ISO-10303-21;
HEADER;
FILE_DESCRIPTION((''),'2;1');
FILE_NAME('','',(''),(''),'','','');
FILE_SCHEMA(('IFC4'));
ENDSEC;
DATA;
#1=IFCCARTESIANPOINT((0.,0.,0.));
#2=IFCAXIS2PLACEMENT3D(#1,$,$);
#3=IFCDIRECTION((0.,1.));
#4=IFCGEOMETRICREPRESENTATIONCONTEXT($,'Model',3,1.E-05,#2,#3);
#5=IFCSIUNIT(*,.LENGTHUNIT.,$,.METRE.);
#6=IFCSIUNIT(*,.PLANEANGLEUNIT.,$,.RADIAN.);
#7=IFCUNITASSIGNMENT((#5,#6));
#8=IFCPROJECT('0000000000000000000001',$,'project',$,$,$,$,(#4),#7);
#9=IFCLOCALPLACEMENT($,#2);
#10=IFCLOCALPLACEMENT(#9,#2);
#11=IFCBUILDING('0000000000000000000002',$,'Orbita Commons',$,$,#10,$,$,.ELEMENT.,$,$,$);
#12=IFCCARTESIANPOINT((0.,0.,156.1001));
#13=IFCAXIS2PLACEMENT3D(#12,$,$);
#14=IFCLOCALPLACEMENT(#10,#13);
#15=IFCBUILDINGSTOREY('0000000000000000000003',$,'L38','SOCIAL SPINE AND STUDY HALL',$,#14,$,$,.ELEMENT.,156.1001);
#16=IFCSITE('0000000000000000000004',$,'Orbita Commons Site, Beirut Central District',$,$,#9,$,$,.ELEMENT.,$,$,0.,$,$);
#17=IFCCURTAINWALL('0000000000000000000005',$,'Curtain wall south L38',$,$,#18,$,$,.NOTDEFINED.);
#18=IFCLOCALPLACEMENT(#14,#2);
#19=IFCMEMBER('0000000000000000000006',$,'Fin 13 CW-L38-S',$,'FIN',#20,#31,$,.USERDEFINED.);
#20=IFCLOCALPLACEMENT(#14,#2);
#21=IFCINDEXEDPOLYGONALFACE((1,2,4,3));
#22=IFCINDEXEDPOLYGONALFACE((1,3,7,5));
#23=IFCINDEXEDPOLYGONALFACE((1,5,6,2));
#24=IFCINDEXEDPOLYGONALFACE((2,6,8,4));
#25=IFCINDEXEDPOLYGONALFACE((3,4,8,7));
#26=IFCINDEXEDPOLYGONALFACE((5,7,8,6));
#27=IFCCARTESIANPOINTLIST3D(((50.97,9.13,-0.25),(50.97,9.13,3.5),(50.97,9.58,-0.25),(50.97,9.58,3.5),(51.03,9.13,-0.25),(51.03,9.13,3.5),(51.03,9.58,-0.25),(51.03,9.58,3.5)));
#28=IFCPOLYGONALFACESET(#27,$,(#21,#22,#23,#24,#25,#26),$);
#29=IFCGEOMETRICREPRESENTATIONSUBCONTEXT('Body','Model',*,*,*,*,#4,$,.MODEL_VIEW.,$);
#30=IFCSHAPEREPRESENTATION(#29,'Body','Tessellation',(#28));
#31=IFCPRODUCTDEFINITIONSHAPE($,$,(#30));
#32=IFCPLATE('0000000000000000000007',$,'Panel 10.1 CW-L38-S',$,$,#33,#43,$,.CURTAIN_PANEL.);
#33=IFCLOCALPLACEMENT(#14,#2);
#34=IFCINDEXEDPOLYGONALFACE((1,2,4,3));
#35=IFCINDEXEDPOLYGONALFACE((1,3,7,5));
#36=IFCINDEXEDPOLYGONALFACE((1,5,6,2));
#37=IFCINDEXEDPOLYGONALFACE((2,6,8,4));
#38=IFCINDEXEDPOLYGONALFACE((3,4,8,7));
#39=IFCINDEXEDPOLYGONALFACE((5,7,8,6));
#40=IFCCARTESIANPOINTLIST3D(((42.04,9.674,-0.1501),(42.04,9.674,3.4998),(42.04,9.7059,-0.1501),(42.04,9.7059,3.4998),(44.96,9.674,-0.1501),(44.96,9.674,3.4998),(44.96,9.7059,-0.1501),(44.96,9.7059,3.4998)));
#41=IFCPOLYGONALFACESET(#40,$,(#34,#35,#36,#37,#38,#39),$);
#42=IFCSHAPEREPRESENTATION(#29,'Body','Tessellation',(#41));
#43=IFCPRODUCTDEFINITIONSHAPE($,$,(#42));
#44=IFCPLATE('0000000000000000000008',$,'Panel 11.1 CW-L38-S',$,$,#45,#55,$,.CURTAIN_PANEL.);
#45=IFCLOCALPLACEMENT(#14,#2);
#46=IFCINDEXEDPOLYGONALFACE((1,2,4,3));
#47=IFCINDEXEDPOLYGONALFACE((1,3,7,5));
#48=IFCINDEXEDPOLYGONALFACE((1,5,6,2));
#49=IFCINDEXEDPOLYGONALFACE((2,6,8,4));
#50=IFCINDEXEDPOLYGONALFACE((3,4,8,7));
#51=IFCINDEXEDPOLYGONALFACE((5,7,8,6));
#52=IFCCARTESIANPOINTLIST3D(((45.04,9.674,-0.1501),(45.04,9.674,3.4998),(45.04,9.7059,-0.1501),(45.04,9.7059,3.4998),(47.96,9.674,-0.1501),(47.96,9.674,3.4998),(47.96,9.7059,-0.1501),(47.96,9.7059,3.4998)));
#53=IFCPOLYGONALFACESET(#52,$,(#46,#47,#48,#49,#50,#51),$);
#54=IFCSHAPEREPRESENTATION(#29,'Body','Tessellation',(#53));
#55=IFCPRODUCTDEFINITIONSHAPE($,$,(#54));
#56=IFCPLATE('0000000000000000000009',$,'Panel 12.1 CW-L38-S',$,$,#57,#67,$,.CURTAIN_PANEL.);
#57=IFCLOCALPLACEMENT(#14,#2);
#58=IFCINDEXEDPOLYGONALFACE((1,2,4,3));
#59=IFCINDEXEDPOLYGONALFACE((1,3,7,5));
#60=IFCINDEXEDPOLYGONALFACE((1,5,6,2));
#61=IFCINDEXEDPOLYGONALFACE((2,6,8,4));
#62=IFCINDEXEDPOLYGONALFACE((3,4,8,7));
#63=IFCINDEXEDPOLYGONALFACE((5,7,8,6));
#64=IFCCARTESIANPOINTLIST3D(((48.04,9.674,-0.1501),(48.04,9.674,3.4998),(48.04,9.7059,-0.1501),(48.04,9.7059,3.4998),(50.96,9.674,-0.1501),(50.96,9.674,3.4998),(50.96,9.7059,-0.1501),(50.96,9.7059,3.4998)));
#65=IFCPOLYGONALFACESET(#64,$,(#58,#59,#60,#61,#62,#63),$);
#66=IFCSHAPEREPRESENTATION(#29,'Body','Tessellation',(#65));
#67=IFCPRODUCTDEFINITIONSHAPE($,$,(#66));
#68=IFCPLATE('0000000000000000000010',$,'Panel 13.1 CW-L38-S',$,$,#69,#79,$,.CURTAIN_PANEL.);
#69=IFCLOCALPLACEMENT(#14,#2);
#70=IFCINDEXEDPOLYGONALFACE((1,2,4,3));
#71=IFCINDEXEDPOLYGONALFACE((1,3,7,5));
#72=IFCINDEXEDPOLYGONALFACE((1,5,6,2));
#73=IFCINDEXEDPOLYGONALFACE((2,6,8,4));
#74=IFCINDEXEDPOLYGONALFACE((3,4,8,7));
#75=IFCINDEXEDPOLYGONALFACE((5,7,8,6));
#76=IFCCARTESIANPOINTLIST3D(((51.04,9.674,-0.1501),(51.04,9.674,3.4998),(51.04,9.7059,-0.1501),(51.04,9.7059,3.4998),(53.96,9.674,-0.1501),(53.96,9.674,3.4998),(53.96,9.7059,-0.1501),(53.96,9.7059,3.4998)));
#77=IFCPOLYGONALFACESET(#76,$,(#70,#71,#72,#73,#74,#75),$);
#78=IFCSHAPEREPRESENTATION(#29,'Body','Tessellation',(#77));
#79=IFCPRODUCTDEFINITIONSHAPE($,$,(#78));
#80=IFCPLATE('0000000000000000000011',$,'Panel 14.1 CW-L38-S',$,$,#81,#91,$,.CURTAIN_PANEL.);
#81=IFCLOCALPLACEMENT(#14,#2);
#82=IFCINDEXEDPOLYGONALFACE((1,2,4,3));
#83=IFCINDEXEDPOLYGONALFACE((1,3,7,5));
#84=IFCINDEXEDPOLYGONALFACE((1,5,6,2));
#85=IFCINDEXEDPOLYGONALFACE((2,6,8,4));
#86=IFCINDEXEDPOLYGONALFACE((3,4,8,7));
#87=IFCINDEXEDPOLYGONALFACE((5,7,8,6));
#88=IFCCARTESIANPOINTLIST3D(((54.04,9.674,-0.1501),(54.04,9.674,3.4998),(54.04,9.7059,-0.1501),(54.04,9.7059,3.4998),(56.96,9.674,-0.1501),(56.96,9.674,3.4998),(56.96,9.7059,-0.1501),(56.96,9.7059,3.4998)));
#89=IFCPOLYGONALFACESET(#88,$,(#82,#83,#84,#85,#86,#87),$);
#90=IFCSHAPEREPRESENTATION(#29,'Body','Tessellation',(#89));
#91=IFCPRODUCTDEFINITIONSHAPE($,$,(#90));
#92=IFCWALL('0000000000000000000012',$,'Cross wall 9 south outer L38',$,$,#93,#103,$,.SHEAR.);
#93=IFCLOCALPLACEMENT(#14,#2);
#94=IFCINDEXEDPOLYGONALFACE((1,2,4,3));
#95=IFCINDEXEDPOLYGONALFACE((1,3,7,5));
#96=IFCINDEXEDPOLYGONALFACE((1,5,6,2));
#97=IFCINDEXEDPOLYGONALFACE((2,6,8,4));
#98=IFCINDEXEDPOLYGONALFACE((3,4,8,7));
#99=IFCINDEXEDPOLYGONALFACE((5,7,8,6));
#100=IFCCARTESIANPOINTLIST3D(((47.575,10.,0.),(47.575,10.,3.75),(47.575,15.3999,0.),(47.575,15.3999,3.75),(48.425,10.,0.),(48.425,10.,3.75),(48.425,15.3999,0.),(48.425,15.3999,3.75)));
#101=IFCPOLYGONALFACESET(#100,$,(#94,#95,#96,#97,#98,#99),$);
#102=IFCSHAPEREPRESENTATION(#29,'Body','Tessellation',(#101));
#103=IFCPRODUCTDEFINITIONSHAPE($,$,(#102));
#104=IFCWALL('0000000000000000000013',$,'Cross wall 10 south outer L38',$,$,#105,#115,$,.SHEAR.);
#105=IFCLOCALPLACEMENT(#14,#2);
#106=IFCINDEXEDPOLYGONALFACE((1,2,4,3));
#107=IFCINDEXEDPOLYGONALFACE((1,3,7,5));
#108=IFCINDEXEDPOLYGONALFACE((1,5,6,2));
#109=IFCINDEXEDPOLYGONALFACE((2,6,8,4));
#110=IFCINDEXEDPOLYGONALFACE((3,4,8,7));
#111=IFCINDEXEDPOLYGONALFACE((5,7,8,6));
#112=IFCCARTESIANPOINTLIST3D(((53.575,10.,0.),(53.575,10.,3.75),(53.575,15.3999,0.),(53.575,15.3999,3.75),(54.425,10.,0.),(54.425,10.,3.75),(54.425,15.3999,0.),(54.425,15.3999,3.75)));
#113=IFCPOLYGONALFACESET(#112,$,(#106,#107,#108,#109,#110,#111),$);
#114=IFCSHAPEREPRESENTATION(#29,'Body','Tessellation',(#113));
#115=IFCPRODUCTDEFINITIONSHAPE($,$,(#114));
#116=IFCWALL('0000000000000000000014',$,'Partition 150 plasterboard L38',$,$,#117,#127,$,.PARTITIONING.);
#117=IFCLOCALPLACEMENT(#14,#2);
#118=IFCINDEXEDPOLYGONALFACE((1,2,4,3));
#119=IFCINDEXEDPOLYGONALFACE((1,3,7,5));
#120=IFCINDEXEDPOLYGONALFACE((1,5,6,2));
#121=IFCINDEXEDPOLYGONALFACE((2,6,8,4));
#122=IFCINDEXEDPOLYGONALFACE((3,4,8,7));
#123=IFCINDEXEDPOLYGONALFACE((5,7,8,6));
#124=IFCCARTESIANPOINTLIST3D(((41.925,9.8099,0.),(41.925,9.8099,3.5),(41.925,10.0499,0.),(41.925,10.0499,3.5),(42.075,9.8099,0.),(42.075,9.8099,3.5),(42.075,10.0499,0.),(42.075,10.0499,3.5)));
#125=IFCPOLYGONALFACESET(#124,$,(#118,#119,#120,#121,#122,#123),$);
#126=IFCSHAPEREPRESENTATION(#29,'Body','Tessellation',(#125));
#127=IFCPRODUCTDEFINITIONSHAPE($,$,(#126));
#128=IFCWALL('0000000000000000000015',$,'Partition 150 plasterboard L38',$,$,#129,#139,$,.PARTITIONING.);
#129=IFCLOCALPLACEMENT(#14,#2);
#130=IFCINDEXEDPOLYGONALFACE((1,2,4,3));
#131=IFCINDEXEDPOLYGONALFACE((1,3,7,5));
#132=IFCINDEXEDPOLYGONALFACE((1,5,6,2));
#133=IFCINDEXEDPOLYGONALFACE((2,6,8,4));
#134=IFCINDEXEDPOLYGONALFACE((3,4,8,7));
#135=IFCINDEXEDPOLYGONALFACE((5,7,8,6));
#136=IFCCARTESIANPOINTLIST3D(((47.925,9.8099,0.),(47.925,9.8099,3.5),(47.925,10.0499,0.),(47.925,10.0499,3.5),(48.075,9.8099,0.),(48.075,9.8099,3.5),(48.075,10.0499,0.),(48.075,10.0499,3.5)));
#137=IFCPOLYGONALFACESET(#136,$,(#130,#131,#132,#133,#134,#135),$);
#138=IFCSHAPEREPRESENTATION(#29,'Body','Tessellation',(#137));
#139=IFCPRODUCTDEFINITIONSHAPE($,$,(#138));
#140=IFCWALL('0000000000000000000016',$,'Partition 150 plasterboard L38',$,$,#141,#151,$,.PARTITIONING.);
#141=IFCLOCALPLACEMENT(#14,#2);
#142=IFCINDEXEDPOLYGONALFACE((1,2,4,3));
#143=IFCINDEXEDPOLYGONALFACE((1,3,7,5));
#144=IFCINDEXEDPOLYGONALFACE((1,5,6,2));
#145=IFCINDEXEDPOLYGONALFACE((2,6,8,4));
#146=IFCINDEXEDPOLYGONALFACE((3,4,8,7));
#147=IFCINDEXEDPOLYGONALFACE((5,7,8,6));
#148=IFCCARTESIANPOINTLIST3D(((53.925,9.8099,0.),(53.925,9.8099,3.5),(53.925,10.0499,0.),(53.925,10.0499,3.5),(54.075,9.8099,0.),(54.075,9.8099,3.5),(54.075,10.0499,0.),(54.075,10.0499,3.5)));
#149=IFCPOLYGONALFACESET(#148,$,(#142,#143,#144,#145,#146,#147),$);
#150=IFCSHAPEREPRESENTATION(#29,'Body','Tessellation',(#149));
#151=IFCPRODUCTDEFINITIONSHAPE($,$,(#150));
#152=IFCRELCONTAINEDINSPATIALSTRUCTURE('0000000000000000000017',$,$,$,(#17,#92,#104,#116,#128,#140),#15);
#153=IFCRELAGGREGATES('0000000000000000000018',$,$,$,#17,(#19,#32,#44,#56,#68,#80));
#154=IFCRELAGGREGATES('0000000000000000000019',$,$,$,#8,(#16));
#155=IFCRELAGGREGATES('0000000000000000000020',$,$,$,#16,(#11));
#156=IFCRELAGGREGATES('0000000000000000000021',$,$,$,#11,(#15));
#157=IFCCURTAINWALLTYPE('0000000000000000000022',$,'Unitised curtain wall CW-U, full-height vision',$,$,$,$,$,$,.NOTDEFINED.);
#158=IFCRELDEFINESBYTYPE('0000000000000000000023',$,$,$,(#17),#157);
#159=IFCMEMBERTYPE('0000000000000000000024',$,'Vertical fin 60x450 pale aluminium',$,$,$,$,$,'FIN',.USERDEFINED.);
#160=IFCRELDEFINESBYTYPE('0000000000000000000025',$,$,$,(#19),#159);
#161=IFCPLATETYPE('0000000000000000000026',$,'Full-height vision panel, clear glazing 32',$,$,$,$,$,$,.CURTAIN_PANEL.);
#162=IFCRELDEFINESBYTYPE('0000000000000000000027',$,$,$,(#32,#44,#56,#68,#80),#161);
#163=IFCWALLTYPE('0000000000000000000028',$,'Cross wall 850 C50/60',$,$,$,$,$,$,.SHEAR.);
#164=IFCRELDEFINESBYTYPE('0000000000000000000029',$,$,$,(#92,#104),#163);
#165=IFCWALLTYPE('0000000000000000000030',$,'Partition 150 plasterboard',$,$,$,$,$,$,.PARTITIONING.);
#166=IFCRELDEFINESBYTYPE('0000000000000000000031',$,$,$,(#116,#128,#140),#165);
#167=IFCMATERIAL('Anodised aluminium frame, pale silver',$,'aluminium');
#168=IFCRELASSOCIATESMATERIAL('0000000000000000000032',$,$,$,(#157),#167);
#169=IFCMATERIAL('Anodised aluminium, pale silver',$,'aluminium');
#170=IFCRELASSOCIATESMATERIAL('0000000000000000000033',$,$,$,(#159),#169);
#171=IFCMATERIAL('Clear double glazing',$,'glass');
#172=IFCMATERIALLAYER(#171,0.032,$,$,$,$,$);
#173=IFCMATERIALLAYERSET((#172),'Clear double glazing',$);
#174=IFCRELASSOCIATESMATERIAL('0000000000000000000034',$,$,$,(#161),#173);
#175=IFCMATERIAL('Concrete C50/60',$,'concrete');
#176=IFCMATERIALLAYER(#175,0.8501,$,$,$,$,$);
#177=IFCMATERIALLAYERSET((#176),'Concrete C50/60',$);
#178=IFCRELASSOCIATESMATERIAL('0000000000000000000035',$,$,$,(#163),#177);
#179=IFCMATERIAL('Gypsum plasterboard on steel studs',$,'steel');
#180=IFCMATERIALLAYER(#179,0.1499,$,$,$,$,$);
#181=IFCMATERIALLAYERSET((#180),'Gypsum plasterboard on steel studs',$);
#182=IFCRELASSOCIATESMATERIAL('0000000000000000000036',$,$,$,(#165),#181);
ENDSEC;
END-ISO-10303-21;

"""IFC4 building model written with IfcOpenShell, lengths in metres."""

from ifc_helpers import new_model, si_unit, direction, frame, frame_2d, origin, origin_2d, place, context, subcontext, project, spatial, rectangle, extrude, material, layer, layer_set, material_profile, profile_set, type_object, element, aggregate, save


model = new_model("IFC4")

# Units and contexts
model_context = context("Model", 3, precision=1e-05, world=origin(), true_north=direction((0.0, 1.0)))
body_context = subcontext(model_context, "Body", "Model", "MODEL_VIEW")
ifc_project = project(units=[si_unit("LENGTHUNIT", "METRE"), si_unit("PLANEANGLEUNIT", "RADIAN")], contexts=[model_context])

# Site, building, storey
site_placement = place(None, origin())
site = spatial("IfcSite", under=ifc_project, at=site_placement, Name="Orbita Commons Site, Beirut Central District", CompositionType="ELEMENT", RefElevation=0.0)
building_placement = place(site_placement, origin())
building = spatial("IfcBuilding", under=site, at=building_placement, Name="Orbita Commons", CompositionType="ELEMENT")
storey_placement = place(building_placement, frame((0.0, 0.0, 156.1001)))
storey = spatial("IfcBuildingStorey", under=building, at=storey_placement, Name="L38", Description="SOCIAL SPINE AND STUDY HALL", CompositionType="ELEMENT", Elevation=156.1001)

# Curtain wall
ifc_material_1 = material(Name="Anodised aluminium frame, pale silver", Category="aluminium")
curtain_wall_type = type_object("IfcCurtainWallType", Name="Unitised curtain wall CW-U, full-height vision", PredefinedType="NOTDEFINED", material=ifc_material_1)
curtain_wall_placement = place(storey_placement, origin())
curtain_wall = element("IfcCurtainWall", 1, at=curtain_wall_placement, inside=storey, type_object=curtain_wall_type, Name="Curtain wall south L38", PredefinedType="NOTDEFINED")

# Member
ifc_material_2 = material(Name="Anodised aluminium, pale silver", Category="aluminium")
ifc_material_profile_1 = material_profile(ifc_material_2, rectangle(XDim=0.0601, YDim=0.45, at=origin_2d()), Name="FIN 60x450")
ifc_profile_set_1 = profile_set([ifc_material_profile_1], Name="Anodised aluminium, pale silver")
member_type_1 = type_object("IfcMemberType", Name="Vertical fin 60x450 pale aluminium", ElementType="FIN", PredefinedType="USERDEFINED", material=ifc_profile_set_1)
member_1_placement = place(storey_placement, frame((51.0, 9.355, -0.25), z_axis=(0.0, 0.0, 1.0), x_axis=(1.0, 0.0, 0.0)))
member_1 = element("IfcMember", 2, at=member_1_placement, type_object=member_type_1, Name="Fin 13 CW-L38-S", ObjectType="FIN", PredefinedType="USERDEFINED", context=body_context, shape_type="SweptSolid", body=[
    extrude(rectangle(XDim=0.0601, YDim=0.45, at=origin_2d()), origin(), (0.0, 0.0, 1.0), 3.75),
])

# Plates
ifc_material_3 = material(Name="Clear double glazing", Category="glass")
ifc_layer_1 = layer(ifc_material_3, 0.032)
ifc_layer_set_1 = layer_set([ifc_layer_1], Name="Clear double glazing")
plate_type = type_object("IfcPlateType", Name="Full-height vision panel, clear glazing 32", PredefinedType="CURTAIN_PANEL", material=ifc_layer_set_1)
plate_1_placement = place(storey_placement, frame((43.5, 9.6899, -0.1501), z_axis=(0.0, 0.0, 1.0), x_axis=(1.0, 0.0, 0.0)))
plate_1 = element("IfcPlate", 3, at=plate_1_placement, type_object=plate_type, Name="Panel 10.1 CW-L38-S", PredefinedType="CURTAIN_PANEL", context=body_context, shape_type="SweptSolid", body=[
    extrude(rectangle(XDim=2.9199, YDim=0.032, at=origin_2d()), origin(), (0.0, 0.0, 1.0), 3.6499),
])
plate_2_placement = place(storey_placement, frame((46.5, 9.6899, -0.1501), z_axis=(0.0, 0.0, 1.0), x_axis=(1.0, 0.0, 0.0)))
plate_2 = element("IfcPlate", 4, at=plate_2_placement, type_object=plate_type, Name="Panel 11.1 CW-L38-S", PredefinedType="CURTAIN_PANEL", context=body_context, shape_type="SweptSolid", body=[
    extrude(rectangle(XDim=2.9199, YDim=0.032, at=origin_2d()), origin(), (0.0, 0.0, 1.0), 3.6499),
])
plate_3_placement = place(storey_placement, frame((49.5, 9.6899, -0.1501), z_axis=(0.0, 0.0, 1.0), x_axis=(1.0, 0.0, 0.0)))
plate_3 = element("IfcPlate", 5, at=plate_3_placement, type_object=plate_type, Name="Panel 12.1 CW-L38-S", PredefinedType="CURTAIN_PANEL", context=body_context, shape_type="SweptSolid", body=[
    extrude(rectangle(XDim=2.9199, YDim=0.032, at=origin_2d()), origin(), (0.0, 0.0, 1.0), 3.6499),
])
plate_4_placement = place(storey_placement, frame((52.5, 9.6899, -0.1501), z_axis=(0.0, 0.0, 1.0), x_axis=(1.0, 0.0, 0.0)))
plate_4 = element("IfcPlate", 6, at=plate_4_placement, type_object=plate_type, Name="Panel 13.1 CW-L38-S", PredefinedType="CURTAIN_PANEL", context=body_context, shape_type="SweptSolid", body=[
    extrude(rectangle(XDim=2.9199, YDim=0.032, at=origin_2d()), origin(), (0.0, 0.0, 1.0), 3.6499),
])
plate_5_placement = place(storey_placement, frame((55.5, 9.6899, -0.1501), z_axis=(0.0, 0.0, 1.0), x_axis=(1.0, 0.0, 0.0)))
plate_5 = element("IfcPlate", 7, at=plate_5_placement, type_object=plate_type, Name="Panel 14.1 CW-L38-S", PredefinedType="CURTAIN_PANEL", context=body_context, shape_type="SweptSolid", body=[
    extrude(rectangle(XDim=2.9199, YDim=0.032, at=origin_2d()), origin(), (0.0, 0.0, 1.0), 3.6499),
])
aggregate(curtain_wall, [member_1, plate_1, plate_2, plate_3, plate_4, plate_5])

# Walls
ifc_material_4 = material(Name="Concrete C50/60", Category="concrete")
ifc_layer_2 = layer(ifc_material_4, 0.8501)
ifc_layer_set_2 = layer_set([ifc_layer_2], Name="Concrete C50/60")
wall_type_1 = type_object("IfcWallType", Name="Cross wall 850 C50/60", PredefinedType="SHEAR", material=ifc_layer_set_2)
for number, where, z_axis, x_axis, name in (
    (8, (48.0, 10.0, 0.0), (0.0, 0.0, 1.0), (0.0, 1.0, 0.0), "Cross wall 9 south outer L38"),
    (9, (54.0, 10.0, 0.0), (0.0, 0.0, 1.0), (0.0, 1.0, 0.0), "Cross wall 10 south outer L38"),
):
    element("IfcWall", number, at=place(storey_placement, frame(where, z_axis=z_axis, x_axis=x_axis)), inside=storey, type_object=wall_type_1, Name=name, PredefinedType="SHEAR", context=body_context, shape_type="SweptSolid", body=[
        extrude(rectangle(XDim=5.3999, YDim=0.8501, at=frame_2d((2.7, 0.0))), origin(), (0.0, 0.0, 1.0), 3.75),
    ])
ifc_material_5 = material(Name="Gypsum plasterboard on steel studs", Category="steel")
ifc_layer_3 = layer(ifc_material_5, 0.1499)
ifc_layer_set_3 = layer_set([ifc_layer_3], Name="Gypsum plasterboard on steel studs")
wall_type_2 = type_object("IfcWallType", Name="Partition 150 plasterboard", PredefinedType="PARTITIONING", material=ifc_layer_set_3)
for number, where, z_axis, x_axis, name in (
    (10, (42.0, 10.05, 0.0), (0.0, 0.0, 1.0), (0.0, -1.0, 0.0), "Partition 150 plasterboard L38"),
    (11, (48.0, 10.05, 0.0), (0.0, 0.0, 1.0), (0.0, -1.0, 0.0), "Partition 150 plasterboard L38"),
    (12, (54.0, 10.05, 0.0), (0.0, 0.0, 1.0), (0.0, -1.0, 0.0), "Partition 150 plasterboard L38"),
):
    element("IfcWall", number, at=place(storey_placement, frame(where, z_axis=z_axis, x_axis=x_axis)), inside=storey, type_object=wall_type_2, Name=name, PredefinedType="PARTITIONING", context=body_context, shape_type="SweptSolid", body=[
        extrude(rectangle(XDim=0.24, YDim=0.1499, at=frame_2d((0.1201, 0.0))), origin(), (0.0, 0.0, 1.0), 3.5),
    ])

save(model, "model.ifc")
